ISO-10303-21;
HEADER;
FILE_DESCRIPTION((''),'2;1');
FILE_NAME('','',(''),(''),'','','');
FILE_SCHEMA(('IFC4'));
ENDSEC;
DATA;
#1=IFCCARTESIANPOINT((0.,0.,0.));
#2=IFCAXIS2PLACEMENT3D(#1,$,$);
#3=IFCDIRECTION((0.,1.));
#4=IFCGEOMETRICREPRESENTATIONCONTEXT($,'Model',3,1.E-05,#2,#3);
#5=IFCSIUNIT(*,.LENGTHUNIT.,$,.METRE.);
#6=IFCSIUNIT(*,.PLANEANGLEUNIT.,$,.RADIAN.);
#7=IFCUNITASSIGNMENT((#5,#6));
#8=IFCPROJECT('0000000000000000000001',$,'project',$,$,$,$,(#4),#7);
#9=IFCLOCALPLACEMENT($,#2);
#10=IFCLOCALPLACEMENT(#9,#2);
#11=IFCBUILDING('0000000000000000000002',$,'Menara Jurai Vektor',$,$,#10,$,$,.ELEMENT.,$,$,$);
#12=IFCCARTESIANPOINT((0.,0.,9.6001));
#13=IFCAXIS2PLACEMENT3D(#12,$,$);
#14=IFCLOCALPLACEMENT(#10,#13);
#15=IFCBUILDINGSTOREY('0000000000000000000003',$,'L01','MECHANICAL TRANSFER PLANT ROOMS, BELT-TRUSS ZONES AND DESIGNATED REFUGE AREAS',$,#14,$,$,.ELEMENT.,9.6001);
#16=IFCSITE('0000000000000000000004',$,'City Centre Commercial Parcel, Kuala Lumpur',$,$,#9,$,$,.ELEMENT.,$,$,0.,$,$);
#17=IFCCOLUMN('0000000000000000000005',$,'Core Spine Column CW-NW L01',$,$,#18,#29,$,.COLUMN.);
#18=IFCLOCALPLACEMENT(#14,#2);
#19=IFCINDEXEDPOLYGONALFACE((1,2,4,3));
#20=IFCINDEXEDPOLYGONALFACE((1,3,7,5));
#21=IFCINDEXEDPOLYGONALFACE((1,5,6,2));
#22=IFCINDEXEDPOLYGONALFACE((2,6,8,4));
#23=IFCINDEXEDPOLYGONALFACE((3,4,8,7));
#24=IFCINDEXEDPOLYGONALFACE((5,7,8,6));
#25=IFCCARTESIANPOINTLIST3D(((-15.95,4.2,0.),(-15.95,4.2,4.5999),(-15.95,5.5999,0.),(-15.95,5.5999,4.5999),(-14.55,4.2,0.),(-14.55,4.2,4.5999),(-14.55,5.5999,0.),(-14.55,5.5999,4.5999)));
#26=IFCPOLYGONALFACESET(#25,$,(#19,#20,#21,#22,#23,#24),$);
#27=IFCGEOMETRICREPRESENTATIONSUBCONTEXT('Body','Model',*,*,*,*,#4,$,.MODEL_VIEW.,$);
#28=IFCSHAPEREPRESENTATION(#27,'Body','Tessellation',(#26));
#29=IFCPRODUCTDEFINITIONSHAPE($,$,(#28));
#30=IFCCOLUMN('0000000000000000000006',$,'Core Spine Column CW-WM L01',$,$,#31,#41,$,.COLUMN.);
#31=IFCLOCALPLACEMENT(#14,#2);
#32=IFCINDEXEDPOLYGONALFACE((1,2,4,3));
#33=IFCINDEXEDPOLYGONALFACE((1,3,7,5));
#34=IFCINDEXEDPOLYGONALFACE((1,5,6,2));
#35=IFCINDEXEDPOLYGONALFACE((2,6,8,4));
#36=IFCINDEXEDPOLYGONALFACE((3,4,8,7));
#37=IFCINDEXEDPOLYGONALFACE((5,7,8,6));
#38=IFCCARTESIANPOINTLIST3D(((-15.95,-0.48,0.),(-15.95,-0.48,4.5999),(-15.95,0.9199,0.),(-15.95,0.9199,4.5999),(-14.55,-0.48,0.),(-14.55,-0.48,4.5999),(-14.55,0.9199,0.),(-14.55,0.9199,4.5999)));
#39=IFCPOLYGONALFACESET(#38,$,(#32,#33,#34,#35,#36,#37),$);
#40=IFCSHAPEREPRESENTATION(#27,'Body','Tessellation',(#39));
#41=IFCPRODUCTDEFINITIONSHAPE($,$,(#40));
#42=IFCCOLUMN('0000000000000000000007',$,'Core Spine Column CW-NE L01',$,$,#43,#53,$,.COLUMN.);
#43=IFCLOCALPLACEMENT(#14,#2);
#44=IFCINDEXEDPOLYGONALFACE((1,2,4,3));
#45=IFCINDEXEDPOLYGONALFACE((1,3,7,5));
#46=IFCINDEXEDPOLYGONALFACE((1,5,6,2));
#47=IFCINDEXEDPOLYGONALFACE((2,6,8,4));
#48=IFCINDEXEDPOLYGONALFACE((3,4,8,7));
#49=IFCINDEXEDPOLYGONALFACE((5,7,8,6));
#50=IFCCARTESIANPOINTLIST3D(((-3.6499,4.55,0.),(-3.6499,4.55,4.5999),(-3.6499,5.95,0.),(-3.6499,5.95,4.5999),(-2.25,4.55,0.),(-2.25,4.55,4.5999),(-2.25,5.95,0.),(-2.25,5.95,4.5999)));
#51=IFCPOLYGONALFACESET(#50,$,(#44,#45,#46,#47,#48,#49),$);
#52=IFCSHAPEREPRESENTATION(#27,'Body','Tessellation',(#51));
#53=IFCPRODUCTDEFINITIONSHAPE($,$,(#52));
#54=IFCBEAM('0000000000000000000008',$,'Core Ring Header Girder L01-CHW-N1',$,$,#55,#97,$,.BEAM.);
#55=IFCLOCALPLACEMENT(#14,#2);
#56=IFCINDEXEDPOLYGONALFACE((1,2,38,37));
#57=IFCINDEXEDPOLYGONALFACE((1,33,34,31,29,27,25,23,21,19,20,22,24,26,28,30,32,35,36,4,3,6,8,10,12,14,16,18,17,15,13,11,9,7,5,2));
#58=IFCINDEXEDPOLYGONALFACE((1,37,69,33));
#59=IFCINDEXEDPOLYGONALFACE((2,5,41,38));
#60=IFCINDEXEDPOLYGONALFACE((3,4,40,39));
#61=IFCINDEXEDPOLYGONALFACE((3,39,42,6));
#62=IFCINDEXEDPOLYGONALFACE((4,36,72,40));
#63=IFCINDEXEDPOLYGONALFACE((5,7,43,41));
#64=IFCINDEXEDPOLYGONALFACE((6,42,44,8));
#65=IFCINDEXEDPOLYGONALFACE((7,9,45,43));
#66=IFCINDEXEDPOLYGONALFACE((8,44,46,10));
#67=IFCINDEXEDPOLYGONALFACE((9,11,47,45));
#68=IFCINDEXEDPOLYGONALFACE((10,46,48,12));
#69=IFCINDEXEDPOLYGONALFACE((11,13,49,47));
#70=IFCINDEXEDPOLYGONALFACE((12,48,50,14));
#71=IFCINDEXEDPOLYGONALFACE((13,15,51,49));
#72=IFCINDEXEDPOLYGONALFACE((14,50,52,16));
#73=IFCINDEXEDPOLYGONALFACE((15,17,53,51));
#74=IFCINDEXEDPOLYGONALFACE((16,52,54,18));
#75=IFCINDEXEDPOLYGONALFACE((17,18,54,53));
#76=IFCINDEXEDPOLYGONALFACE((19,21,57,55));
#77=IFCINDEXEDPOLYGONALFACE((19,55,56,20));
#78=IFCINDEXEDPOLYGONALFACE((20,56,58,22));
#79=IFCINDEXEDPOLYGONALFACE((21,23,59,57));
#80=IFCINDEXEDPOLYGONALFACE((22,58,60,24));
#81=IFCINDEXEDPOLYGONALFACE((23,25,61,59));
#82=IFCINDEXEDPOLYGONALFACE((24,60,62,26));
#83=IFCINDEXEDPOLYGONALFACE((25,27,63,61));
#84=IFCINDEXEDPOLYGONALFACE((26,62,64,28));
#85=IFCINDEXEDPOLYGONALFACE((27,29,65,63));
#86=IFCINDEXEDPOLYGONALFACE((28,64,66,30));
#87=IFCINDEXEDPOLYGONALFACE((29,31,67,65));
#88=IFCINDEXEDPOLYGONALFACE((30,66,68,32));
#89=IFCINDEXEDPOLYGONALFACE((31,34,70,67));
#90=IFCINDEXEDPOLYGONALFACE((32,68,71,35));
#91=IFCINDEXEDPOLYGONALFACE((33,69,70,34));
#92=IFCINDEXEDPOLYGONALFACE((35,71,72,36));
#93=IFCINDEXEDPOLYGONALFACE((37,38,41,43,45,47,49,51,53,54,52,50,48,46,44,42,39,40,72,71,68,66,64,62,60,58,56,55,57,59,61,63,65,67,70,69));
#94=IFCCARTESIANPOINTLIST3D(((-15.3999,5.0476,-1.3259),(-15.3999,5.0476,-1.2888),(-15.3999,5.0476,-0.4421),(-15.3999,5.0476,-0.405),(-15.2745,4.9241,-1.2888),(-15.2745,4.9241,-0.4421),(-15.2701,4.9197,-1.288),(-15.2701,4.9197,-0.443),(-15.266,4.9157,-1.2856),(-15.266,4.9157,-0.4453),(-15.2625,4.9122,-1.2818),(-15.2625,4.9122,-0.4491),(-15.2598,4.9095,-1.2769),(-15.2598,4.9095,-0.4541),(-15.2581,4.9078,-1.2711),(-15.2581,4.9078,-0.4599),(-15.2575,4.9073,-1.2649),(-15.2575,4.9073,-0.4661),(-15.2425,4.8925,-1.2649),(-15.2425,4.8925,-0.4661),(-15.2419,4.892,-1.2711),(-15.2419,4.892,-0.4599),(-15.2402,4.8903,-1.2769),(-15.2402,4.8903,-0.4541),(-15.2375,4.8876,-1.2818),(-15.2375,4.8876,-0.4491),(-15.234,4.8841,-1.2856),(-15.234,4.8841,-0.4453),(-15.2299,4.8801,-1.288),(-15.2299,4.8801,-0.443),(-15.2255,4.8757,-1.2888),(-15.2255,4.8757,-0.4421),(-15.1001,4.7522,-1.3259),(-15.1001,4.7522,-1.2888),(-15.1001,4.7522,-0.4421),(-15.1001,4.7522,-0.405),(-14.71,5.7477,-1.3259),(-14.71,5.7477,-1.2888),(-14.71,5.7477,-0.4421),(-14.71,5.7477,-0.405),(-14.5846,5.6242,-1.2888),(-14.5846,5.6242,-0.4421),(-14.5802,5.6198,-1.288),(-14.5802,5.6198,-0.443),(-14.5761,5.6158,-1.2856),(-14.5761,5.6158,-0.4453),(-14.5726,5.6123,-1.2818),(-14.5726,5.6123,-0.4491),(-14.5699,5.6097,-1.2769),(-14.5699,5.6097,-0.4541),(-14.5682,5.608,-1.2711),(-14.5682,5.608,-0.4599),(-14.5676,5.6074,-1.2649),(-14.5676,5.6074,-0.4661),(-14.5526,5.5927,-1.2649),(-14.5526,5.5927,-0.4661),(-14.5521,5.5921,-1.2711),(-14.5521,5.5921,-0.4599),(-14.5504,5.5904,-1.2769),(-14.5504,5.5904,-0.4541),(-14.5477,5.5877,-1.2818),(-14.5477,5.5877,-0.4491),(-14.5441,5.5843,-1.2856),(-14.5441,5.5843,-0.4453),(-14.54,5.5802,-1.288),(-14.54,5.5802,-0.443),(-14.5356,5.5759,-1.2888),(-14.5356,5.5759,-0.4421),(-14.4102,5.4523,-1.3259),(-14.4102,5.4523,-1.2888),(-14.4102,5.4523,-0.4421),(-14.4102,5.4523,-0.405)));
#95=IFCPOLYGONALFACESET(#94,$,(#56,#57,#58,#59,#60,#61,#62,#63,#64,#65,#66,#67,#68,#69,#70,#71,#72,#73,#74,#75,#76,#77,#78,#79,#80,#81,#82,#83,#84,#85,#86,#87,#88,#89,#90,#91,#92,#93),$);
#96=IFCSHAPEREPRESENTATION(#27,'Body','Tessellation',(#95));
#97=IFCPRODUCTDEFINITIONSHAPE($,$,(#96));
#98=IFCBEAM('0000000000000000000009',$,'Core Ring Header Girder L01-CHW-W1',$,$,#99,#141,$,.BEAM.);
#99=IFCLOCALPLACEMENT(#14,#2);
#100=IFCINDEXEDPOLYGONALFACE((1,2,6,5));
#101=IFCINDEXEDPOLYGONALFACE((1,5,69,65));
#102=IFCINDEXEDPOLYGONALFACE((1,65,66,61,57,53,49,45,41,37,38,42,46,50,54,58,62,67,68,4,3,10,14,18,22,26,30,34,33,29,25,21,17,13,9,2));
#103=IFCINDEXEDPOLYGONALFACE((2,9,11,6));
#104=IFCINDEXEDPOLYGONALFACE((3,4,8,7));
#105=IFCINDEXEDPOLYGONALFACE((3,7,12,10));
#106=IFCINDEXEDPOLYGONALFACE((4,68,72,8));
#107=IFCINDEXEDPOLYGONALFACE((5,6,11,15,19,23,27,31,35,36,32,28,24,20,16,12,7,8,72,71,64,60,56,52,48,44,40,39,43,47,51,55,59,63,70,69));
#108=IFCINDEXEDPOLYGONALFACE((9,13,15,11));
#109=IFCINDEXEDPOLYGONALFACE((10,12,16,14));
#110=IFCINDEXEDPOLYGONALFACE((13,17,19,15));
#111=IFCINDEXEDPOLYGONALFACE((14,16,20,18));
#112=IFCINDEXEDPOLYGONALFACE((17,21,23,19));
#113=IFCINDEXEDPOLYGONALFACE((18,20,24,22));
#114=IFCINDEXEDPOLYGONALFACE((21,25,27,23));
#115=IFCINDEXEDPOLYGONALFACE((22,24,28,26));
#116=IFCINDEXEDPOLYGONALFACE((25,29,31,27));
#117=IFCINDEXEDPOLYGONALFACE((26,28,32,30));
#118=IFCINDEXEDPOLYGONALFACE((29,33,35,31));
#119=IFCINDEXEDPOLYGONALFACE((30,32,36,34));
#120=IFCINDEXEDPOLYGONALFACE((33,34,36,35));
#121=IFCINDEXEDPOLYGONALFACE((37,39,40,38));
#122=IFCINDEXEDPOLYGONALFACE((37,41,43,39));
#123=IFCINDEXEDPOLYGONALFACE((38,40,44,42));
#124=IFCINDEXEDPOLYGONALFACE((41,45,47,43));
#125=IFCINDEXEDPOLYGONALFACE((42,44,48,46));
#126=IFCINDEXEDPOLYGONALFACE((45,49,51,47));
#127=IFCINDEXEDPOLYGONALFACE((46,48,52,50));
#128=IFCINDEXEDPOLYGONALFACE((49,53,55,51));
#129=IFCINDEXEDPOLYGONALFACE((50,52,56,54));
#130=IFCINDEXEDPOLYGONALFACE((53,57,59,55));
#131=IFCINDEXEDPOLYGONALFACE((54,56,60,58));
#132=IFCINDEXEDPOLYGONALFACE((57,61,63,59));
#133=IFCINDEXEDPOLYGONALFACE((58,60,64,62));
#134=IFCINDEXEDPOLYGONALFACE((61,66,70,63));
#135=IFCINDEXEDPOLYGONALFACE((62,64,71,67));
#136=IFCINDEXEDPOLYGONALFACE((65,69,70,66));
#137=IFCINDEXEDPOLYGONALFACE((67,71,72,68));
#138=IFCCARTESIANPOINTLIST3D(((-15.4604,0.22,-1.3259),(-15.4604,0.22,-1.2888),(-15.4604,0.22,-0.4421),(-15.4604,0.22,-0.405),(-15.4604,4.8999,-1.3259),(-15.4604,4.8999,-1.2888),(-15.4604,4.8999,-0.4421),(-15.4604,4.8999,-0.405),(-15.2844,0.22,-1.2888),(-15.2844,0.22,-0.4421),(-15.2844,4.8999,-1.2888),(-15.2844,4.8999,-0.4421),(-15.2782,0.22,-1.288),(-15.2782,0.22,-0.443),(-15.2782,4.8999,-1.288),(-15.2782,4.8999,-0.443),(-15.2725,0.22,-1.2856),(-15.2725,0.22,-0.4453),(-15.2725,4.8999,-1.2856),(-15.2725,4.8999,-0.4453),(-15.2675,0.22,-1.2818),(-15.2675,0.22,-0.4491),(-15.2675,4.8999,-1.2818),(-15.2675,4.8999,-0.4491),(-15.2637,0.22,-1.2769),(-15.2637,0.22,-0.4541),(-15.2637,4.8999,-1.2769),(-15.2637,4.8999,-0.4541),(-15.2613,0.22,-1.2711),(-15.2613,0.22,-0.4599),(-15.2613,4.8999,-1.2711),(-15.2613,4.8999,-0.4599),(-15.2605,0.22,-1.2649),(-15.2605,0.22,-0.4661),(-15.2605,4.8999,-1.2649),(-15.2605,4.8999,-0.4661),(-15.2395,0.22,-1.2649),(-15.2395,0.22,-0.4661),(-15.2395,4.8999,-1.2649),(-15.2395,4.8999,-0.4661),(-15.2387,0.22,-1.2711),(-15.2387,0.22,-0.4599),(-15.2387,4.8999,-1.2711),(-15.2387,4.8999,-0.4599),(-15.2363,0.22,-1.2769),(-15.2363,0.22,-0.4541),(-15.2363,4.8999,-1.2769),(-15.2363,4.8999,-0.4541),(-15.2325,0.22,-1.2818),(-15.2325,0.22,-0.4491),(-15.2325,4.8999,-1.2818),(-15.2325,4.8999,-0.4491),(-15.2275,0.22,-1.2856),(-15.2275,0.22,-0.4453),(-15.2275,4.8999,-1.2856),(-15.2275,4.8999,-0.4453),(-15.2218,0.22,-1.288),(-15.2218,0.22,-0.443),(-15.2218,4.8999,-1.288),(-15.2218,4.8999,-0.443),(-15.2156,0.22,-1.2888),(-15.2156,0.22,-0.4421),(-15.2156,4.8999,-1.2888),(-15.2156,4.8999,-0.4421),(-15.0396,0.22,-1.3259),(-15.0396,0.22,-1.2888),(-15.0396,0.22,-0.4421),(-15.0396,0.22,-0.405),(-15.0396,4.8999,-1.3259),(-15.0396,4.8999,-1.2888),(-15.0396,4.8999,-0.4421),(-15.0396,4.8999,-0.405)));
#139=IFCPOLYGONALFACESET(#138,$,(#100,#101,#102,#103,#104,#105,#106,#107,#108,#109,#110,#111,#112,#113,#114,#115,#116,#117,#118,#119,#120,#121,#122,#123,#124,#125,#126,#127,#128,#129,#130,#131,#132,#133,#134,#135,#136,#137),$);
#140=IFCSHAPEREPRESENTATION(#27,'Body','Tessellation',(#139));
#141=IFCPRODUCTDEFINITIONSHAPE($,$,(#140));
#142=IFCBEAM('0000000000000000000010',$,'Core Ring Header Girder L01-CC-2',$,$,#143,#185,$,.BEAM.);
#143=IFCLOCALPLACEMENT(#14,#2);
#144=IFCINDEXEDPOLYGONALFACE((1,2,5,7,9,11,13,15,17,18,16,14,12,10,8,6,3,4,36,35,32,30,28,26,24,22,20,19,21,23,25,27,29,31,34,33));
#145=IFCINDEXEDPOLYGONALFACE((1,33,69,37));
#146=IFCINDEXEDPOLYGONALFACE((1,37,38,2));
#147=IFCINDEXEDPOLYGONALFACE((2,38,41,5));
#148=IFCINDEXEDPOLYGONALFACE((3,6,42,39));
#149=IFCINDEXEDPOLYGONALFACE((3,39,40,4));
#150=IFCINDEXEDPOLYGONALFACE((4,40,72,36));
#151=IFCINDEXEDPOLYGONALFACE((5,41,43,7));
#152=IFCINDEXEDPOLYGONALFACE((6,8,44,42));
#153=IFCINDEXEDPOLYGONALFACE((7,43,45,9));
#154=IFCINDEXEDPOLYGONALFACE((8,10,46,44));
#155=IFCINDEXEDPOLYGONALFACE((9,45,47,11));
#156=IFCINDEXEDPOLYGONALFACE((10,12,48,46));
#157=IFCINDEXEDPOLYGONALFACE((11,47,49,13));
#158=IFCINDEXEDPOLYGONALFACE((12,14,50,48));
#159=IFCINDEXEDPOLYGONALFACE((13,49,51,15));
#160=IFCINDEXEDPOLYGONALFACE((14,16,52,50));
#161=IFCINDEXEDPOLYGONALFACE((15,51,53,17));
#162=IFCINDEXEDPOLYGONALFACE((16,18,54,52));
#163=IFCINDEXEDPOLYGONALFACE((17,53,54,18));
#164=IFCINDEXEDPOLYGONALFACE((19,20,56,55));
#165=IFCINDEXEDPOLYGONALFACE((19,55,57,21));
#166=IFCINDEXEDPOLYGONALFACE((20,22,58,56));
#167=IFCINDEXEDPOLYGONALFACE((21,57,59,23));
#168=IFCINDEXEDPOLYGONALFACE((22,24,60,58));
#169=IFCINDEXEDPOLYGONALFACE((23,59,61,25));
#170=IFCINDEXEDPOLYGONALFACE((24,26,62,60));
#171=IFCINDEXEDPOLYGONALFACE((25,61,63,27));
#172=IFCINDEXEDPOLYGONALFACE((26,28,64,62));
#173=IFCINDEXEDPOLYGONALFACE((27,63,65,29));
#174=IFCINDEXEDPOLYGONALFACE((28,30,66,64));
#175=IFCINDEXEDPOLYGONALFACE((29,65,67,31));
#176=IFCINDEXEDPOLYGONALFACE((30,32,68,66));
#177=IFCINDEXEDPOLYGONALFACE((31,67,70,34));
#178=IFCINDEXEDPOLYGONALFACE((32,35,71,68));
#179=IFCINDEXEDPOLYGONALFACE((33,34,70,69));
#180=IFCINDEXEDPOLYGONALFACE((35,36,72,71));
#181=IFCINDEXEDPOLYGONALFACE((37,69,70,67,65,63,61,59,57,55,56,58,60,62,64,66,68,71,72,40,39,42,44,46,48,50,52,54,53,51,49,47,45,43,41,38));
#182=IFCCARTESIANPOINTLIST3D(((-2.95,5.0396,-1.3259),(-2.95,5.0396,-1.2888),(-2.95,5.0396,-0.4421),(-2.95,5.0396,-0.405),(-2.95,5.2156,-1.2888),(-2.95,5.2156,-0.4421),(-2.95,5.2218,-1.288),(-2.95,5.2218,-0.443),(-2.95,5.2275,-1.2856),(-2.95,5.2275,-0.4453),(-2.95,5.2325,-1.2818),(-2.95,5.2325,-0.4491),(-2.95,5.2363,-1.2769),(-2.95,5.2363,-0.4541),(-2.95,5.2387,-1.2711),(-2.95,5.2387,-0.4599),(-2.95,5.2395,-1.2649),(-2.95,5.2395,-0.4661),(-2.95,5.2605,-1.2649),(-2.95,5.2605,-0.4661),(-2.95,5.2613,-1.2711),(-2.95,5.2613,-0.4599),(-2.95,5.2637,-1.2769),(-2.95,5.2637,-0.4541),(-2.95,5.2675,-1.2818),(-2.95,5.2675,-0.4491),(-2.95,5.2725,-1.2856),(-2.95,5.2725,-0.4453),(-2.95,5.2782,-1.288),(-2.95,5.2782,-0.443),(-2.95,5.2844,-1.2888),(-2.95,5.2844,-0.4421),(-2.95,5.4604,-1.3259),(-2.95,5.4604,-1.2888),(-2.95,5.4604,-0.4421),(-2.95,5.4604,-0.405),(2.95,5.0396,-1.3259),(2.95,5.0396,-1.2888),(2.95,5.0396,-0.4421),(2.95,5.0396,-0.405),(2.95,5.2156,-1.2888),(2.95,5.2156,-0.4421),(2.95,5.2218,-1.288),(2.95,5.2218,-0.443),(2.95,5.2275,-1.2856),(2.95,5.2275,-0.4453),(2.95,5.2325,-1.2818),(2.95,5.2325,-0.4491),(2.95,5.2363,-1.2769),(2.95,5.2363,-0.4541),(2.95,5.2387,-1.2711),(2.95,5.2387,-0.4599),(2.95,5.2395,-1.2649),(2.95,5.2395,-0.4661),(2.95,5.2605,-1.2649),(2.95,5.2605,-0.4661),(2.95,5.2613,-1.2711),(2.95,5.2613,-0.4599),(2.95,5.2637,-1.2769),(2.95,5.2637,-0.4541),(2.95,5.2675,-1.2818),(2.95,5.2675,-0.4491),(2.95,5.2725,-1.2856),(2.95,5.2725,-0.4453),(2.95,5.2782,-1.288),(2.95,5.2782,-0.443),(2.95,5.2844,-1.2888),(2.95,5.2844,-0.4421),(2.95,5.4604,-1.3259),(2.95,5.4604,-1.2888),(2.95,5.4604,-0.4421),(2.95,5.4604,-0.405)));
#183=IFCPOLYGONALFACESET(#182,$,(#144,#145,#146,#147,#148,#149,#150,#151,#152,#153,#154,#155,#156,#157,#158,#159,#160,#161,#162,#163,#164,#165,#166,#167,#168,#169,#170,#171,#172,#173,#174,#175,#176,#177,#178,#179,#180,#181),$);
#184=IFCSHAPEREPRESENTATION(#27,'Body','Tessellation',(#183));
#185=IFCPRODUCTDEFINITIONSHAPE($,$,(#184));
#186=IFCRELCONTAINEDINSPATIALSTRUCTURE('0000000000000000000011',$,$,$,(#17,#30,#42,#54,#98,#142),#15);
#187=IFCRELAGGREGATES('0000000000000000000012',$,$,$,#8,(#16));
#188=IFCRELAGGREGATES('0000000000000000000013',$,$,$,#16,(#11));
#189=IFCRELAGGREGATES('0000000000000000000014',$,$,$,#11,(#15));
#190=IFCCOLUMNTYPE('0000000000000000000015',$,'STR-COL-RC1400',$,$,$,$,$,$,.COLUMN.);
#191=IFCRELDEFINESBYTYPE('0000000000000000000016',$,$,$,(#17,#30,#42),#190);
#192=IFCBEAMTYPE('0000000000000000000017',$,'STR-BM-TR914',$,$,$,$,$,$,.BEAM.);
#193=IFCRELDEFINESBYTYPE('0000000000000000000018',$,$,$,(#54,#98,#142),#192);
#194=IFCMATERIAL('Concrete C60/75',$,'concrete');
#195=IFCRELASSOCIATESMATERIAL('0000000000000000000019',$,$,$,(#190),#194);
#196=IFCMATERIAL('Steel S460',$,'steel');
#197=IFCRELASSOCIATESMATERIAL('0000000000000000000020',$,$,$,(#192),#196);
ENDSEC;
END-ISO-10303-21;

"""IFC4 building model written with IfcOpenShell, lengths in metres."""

from ifc_helpers import new_model, si_unit, direction, frame, origin, origin_2d, place, context, subcontext, project, spatial, rectangle, i_section, extrude, material, material_profile, profile_set, type_object, element, save


model = new_model("IFC4")

# Units and contexts
model_context = context("Model", 3, precision=1e-05, world=origin(), true_north=direction((0.0, 1.0)))
body_context = subcontext(model_context, "Body", "Model", "MODEL_VIEW")
ifc_project = project(units=[si_unit("LENGTHUNIT", "METRE"), si_unit("PLANEANGLEUNIT", "RADIAN")], contexts=[model_context])

# Site, building, storey
site_placement = place(None, origin())
site = spatial("IfcSite", under=ifc_project, at=site_placement, Name="City Centre Commercial Parcel, Kuala Lumpur", CompositionType="ELEMENT", RefElevation=0.0)
building_placement = place(site_placement, origin())
building = spatial("IfcBuilding", under=site, at=building_placement, Name="Menara Jurai Vektor", CompositionType="ELEMENT")
storey_placement = place(building_placement, frame((0.0, 0.0, 9.6001)))
storey = spatial("IfcBuildingStorey", under=building, at=storey_placement, Name="L01", Description="MECHANICAL TRANSFER PLANT ROOMS, BELT-TRUSS ZONES AND DESIGNATED REFUGE AREAS", CompositionType="ELEMENT", Elevation=9.6001)

# Columns
ifc_material_1 = material(Name="Concrete C60/75", Category="concrete")
ifc_material_profile_1 = material_profile(ifc_material_1, rectangle(XDim=1.3999, YDim=1.3999, at=origin_2d()), Name="RC 1400x1400")
ifc_profile_set_1 = profile_set([ifc_material_profile_1], Name="Concrete C60/75")
column_type = type_object("IfcColumnType", Name="STR-COL-RC1400", PredefinedType="COLUMN", material=ifc_profile_set_1)
for number, where, z_axis, x_axis, name in (
    (1, (-15.25, 4.8999, 0.0), (0.0, 0.0, 1.0), (1.0, 0.0, 0.0), "Core Spine Column CW-NW L01"),
    (2, (-15.25, 0.22, 0.0), (0.0, 0.0, 1.0), (1.0, 0.0, 0.0), "Core Spine Column CW-WM L01"),
    (3, (-2.95, 5.25, 0.0), (0.0, 0.0, 1.0), (1.0, 0.0, 0.0), "Core Spine Column CW-NE L01"),
):
    element("IfcColumn", number, at=place(storey_placement, frame(where, z_axis=z_axis, x_axis=x_axis)), inside=storey, type_object=column_type, Name=name, PredefinedType="COLUMN", context=body_context, shape_type="SweptSolid", body=[
        extrude(rectangle(XDim=1.3999, YDim=1.3999, at=origin_2d()), origin(), (0.0, 0.0, 1.0), 4.5999),
    ])

# Beams
ifc_material_2 = material(Name="Steel S460", Category="steel")
ifc_material_profile_2 = material_profile(ifc_material_2, i_section(OverallWidth=0.4209, OverallDepth=0.9209, WebThickness=0.021, FlangeThickness=0.0371, FilletRadius=0.0239, at=origin_2d()), Name="UKB 914x419x388")
ifc_profile_set_2 = profile_set([ifc_material_profile_2], Name="Steel S460")
beam_type_1 = type_object("IfcBeamType", Name="STR-BM-TR914", PredefinedType="BEAM", material=ifc_profile_set_2)
beam_1_placement = place(storey_placement, frame((-15.25, 4.8999, -0.8655), z_axis=(0.701872, 0.712303, 0.0), x_axis=(-0.712303, 0.701872, 0.0)))
element("IfcBeam", 4, at=beam_1_placement, inside=storey, type_object=beam_type_1, Name="Core Ring Header Girder L01-CHW-N1", PredefinedType="BEAM", context=body_context, shape_type="SweptSolid", body=[
    extrude(i_section(OverallWidth=0.4209, OverallDepth=0.9209, WebThickness=0.021, FlangeThickness=0.0371, FilletRadius=0.0239, at=origin_2d()), origin(), (0.0, 0.0, 1.0), 0.9829),
])
beam_2_placement = place(storey_placement, frame((-15.25, 0.22, -0.8655), z_axis=(0.0, 1.0, 0.0), x_axis=(-1.0, 0.0, 0.0)))
element("IfcBeam", 5, at=beam_2_placement, inside=storey, type_object=beam_type_1, Name="Core Ring Header Girder L01-CHW-W1", PredefinedType="BEAM", context=body_context, shape_type="SweptSolid", body=[
    extrude(i_section(OverallWidth=0.4209, OverallDepth=0.9209, WebThickness=0.021, FlangeThickness=0.0371, FilletRadius=0.0239, at=origin_2d()), origin(), (0.0, 0.0, 1.0), 4.6799),
])
beam_3_placement = place(storey_placement, frame((-2.95, 5.25, -0.8655), z_axis=(1.0, 0.0, 0.0), x_axis=(0.0, 1.0, 0.0)))
element("IfcBeam", 6, at=beam_3_placement, inside=storey, type_object=beam_type_1, Name="Core Ring Header Girder L01-CC-2", PredefinedType="BEAM", context=body_context, shape_type="SweptSolid", body=[
    extrude(i_section(OverallWidth=0.4209, OverallDepth=0.9209, WebThickness=0.021, FlangeThickness=0.0371, FilletRadius=0.0239, at=origin_2d()), origin(), (0.0, 0.0, 1.0), 5.8999),
])

save(model, "model.ifc")
